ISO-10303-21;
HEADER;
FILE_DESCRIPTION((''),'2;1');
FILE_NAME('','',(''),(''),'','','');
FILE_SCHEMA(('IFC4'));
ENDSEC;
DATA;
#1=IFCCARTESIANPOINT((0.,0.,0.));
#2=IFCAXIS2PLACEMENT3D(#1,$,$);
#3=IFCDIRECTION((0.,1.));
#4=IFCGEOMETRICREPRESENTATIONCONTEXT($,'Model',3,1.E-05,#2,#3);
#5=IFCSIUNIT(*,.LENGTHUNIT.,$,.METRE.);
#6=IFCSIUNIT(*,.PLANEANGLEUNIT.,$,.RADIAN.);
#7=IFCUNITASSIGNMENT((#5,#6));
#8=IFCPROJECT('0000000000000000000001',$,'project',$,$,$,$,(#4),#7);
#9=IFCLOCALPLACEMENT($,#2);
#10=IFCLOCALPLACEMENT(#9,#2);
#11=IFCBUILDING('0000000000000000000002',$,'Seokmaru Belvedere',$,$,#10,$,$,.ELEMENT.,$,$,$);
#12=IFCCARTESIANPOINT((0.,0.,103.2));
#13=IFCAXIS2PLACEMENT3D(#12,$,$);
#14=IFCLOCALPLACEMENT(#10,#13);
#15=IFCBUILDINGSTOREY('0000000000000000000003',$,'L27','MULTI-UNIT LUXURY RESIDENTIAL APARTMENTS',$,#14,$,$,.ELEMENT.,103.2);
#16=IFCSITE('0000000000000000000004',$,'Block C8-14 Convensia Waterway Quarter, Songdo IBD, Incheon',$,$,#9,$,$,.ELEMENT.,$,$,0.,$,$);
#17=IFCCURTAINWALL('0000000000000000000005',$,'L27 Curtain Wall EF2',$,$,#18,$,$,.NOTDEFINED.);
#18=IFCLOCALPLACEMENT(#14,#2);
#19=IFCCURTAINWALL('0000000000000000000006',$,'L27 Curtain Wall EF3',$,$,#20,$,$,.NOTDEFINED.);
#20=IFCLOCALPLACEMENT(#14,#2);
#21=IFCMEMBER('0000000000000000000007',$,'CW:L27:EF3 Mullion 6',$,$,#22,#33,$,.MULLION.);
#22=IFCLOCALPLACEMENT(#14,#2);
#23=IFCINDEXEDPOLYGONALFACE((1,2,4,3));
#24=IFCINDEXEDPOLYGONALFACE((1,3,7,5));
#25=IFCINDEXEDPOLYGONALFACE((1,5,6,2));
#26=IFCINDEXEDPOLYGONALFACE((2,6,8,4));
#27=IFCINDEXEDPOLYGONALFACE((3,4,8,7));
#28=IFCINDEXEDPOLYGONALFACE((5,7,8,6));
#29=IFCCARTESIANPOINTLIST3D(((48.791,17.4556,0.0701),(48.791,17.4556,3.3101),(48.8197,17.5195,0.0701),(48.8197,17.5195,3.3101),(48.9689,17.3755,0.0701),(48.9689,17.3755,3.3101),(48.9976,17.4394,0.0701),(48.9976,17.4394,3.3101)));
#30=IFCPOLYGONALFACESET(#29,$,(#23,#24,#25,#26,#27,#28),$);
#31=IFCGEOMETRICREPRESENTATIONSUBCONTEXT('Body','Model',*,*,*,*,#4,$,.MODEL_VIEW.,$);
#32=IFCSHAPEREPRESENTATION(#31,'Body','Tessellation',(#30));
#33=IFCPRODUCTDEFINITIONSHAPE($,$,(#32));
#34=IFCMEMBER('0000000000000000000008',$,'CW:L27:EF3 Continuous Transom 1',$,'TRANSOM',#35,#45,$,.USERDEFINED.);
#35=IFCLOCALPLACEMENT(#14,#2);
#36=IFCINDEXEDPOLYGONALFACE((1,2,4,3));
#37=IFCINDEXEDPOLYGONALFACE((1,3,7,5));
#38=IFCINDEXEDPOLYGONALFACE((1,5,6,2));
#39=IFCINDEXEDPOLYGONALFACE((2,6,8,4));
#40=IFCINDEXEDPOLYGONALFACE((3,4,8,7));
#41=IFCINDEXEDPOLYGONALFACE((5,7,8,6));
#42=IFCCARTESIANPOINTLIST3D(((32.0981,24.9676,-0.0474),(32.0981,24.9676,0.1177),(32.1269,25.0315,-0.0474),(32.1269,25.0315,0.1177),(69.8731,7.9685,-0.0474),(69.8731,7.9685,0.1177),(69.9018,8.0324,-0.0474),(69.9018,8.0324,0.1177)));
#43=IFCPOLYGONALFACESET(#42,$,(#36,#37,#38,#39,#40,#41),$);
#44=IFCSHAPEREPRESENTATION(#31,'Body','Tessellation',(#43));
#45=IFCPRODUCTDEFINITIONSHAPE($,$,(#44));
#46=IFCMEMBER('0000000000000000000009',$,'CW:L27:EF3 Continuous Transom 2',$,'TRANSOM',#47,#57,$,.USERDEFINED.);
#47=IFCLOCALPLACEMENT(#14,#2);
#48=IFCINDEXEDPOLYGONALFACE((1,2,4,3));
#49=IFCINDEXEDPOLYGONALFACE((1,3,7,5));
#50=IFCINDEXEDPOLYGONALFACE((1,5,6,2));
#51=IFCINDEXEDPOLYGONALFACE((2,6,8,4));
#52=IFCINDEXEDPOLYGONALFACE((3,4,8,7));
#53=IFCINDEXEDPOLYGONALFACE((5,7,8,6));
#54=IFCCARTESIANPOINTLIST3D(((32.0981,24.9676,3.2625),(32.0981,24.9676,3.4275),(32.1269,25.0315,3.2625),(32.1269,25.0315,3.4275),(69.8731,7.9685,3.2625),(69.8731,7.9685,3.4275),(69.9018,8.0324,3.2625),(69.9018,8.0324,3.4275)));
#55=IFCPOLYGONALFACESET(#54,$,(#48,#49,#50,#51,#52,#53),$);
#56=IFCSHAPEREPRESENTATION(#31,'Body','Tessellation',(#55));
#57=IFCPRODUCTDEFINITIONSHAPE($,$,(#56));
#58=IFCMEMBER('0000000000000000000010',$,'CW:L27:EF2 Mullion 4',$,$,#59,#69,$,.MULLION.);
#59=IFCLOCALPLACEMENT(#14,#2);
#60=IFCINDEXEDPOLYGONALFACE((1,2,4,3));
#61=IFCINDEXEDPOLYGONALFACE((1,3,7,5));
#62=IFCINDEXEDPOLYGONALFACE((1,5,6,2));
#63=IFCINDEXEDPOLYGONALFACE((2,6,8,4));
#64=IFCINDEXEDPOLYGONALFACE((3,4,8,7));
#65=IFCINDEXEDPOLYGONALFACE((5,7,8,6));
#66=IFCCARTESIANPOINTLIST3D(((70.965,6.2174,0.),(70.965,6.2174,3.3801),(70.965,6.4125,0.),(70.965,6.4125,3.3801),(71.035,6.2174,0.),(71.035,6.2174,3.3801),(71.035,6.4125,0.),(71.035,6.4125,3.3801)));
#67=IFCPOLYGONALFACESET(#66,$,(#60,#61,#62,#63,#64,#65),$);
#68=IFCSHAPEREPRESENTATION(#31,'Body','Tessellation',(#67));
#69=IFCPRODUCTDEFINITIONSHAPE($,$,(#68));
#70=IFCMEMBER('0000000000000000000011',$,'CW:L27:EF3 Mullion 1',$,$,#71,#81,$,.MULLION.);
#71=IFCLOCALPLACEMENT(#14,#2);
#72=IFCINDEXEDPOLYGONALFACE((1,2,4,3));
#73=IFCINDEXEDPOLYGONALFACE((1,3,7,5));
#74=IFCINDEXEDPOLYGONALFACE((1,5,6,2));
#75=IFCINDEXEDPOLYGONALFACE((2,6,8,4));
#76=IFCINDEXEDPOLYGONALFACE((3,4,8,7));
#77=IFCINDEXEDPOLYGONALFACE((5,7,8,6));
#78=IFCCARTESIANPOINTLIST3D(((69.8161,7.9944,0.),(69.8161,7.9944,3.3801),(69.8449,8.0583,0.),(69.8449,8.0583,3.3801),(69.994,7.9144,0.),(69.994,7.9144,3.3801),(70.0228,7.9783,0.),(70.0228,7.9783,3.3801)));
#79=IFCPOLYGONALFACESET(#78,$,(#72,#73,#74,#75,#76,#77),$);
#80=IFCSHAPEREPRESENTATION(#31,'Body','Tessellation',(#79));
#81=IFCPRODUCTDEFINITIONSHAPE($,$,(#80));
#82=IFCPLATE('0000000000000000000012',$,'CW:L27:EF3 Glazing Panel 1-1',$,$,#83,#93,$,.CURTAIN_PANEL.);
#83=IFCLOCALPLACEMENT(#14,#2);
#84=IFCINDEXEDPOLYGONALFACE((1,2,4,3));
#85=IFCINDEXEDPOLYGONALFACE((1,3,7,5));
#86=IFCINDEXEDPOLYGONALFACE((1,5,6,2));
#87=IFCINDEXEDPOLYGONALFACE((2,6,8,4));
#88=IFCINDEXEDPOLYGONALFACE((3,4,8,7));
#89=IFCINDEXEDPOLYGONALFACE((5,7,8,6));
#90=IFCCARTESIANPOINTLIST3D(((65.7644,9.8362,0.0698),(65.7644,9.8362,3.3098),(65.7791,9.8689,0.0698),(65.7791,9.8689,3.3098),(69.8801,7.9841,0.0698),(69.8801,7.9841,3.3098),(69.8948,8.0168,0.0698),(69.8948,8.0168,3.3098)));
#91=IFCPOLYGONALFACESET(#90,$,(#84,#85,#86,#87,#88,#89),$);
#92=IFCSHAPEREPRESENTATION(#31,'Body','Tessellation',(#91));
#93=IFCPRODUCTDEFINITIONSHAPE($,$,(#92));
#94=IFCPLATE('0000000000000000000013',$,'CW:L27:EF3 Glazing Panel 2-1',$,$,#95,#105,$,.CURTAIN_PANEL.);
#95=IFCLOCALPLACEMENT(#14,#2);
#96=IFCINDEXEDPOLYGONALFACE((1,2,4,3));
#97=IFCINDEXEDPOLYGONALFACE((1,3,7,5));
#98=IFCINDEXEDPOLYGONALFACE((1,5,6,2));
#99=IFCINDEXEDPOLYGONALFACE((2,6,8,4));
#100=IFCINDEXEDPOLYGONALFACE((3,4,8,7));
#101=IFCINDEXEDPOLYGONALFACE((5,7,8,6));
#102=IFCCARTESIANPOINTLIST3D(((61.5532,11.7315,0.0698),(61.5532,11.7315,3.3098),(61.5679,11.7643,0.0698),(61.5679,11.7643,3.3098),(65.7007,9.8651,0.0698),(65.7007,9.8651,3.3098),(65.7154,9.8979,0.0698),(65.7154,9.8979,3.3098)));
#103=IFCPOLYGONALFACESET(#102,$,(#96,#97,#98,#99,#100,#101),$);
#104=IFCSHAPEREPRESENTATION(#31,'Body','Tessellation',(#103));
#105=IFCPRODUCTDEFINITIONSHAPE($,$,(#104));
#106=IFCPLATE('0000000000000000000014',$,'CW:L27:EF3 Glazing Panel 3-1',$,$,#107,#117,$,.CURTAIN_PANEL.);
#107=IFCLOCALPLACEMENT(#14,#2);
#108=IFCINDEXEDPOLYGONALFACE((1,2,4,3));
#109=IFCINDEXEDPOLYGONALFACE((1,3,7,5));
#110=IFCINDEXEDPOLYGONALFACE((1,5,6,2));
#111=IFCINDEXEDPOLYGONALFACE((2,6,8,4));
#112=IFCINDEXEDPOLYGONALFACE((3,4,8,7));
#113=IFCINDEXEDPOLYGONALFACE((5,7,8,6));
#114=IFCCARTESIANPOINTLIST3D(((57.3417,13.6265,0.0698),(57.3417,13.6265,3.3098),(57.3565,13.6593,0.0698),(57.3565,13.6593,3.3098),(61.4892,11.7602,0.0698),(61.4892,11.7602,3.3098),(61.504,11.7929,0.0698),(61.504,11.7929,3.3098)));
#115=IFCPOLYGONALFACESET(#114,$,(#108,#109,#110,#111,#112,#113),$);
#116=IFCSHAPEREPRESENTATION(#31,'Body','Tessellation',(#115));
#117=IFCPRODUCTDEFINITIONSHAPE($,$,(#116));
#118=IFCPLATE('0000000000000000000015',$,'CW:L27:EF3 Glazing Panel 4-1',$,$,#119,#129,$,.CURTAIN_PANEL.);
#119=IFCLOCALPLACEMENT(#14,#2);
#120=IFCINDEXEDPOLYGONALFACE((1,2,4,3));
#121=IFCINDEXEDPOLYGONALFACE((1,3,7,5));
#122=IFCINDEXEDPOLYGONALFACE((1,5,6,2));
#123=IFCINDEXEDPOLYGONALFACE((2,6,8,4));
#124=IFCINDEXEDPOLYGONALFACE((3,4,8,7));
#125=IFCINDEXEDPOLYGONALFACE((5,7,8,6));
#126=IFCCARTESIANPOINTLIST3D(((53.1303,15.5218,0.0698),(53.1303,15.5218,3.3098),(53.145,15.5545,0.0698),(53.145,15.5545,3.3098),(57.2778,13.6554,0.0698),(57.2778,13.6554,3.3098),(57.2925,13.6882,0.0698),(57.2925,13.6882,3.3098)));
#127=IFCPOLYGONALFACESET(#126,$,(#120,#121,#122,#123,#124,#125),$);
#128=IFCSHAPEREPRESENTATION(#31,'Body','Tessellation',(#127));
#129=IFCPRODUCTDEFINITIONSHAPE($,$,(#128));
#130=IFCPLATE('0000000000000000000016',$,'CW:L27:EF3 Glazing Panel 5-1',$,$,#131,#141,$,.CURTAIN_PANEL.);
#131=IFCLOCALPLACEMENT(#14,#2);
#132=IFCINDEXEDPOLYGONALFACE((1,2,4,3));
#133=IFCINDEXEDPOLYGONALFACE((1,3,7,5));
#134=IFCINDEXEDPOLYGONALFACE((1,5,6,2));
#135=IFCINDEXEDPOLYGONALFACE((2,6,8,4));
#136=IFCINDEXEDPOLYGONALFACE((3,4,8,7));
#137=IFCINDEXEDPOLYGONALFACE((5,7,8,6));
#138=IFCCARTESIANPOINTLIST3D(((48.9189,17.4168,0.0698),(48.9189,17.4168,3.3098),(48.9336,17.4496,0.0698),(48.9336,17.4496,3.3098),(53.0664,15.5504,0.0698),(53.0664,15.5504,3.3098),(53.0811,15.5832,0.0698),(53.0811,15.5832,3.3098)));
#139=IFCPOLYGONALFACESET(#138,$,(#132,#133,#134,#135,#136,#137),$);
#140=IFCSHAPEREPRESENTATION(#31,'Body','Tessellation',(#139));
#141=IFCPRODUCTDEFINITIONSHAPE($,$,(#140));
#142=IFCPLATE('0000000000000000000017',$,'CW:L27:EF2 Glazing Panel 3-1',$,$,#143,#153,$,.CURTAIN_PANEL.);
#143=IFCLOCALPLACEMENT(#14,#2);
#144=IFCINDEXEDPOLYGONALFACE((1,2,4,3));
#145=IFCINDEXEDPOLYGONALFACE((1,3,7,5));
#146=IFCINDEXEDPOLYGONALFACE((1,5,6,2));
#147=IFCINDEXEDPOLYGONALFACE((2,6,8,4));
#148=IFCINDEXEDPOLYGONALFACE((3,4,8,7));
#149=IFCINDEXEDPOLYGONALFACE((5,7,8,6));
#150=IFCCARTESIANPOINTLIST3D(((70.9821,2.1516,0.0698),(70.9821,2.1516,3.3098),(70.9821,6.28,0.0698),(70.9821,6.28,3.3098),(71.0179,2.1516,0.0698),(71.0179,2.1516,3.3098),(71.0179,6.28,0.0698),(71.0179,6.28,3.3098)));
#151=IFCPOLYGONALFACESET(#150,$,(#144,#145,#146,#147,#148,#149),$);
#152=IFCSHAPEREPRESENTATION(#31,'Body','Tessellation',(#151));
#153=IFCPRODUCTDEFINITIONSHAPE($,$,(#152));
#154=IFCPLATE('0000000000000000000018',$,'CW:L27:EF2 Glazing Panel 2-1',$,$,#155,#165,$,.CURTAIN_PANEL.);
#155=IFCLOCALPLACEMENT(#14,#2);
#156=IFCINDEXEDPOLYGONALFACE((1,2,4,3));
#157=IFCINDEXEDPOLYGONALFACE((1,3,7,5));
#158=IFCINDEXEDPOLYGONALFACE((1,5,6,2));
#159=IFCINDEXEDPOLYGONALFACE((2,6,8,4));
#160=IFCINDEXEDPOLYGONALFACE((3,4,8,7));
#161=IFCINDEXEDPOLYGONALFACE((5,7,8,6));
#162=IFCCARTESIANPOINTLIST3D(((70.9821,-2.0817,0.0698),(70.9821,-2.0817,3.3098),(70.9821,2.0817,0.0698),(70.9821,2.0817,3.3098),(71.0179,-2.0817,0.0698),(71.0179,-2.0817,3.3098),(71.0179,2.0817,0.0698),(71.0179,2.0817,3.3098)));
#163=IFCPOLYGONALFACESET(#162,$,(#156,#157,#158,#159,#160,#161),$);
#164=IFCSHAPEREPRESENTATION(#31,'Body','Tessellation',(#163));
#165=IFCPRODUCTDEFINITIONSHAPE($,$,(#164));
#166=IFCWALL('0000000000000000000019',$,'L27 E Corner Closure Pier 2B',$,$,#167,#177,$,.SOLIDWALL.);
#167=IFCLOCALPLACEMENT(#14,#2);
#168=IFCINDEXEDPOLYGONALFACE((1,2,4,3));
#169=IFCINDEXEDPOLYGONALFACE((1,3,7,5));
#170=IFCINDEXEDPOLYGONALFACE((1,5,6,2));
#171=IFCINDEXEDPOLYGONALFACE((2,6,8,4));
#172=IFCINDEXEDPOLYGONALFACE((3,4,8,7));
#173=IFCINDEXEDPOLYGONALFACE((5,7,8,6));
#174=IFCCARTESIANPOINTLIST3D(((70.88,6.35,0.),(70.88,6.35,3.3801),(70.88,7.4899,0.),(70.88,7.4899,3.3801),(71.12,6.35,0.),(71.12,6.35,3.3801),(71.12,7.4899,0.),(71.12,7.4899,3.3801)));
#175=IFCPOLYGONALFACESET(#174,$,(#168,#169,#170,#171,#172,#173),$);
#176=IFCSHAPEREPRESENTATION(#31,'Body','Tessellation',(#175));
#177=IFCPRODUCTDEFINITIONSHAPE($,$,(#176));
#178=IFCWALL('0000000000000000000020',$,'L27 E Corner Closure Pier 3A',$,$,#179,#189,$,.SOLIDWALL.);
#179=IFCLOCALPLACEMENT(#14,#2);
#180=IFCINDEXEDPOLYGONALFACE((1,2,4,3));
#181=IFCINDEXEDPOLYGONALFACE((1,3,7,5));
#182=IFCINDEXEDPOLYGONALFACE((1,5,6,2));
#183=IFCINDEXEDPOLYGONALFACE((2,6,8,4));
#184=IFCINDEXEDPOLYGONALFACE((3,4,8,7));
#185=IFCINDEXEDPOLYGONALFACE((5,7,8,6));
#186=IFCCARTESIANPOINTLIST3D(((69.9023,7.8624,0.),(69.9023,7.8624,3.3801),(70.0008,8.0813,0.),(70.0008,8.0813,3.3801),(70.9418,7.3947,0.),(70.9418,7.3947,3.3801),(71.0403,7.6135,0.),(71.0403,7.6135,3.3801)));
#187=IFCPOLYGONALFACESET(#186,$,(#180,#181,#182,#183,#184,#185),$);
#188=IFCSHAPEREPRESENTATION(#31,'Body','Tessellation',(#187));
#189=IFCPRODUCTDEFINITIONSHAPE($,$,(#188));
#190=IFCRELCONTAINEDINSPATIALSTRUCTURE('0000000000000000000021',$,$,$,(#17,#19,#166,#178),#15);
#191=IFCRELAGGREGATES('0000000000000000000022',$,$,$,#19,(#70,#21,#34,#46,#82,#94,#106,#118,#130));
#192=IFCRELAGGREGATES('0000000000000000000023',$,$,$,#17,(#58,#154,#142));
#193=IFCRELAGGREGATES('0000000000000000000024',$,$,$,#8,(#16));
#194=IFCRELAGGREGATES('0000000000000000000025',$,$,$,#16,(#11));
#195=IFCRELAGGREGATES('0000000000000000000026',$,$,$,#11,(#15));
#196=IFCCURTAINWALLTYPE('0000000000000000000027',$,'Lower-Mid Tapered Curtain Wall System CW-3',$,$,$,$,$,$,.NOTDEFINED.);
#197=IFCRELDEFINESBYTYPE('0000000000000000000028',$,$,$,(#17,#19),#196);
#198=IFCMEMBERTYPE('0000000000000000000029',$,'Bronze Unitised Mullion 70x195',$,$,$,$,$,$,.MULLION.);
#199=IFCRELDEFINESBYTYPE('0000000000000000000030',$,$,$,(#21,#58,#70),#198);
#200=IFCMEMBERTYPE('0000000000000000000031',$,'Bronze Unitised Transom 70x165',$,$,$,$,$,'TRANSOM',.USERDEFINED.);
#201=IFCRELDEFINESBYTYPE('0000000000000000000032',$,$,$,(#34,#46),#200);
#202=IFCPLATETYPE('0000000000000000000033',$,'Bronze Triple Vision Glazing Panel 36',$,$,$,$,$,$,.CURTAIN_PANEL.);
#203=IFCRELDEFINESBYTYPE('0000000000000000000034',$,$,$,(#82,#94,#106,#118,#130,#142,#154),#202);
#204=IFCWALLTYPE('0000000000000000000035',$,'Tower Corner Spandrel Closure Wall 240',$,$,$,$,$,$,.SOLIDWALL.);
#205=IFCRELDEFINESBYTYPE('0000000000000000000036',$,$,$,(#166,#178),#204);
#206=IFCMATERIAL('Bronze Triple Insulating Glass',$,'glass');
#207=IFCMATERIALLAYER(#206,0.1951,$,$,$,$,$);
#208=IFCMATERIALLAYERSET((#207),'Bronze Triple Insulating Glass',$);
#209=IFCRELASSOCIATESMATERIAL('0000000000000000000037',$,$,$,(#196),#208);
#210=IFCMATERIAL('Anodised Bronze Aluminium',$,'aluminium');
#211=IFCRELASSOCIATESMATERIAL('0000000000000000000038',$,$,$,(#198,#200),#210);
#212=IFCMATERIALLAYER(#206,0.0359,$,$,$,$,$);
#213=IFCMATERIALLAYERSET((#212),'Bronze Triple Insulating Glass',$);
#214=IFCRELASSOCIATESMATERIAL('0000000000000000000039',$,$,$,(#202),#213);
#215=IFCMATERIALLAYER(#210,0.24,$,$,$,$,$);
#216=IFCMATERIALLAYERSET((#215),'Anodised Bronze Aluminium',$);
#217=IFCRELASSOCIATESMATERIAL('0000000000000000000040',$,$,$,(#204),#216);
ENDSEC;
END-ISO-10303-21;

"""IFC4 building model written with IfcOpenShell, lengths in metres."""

from ifc_helpers import new_model, si_unit, direction, frame, frame_2d, origin, origin_2d, place, context, subcontext, project, spatial, rectangle, extrude, source, transform, mapped, material, layer, layer_set, material_profile, profile_set, type_object, type_shapes, element, aggregate, save


model = new_model("IFC4")

# Units and contexts
model_context = context("Model", 3, precision=1e-05, world=origin(), true_north=direction((0.0, 1.0)))
body_context = subcontext(model_context, "Body", "Model", "MODEL_VIEW")
ifc_project = project(units=[si_unit("LENGTHUNIT", "METRE"), si_unit("PLANEANGLEUNIT", "RADIAN")], contexts=[model_context])

# Site, building, storey
site_placement = place(None, origin())
site = spatial("IfcSite", under=ifc_project, at=site_placement, Name="Block C8-14 Convensia Waterway Quarter, Songdo IBD, Incheon", CompositionType="ELEMENT", RefElevation=0.0)
building_placement = place(site_placement, origin())
building = spatial("IfcBuilding", under=site, at=building_placement, Name="Seokmaru Belvedere", CompositionType="ELEMENT")
storey_placement = place(building_placement, frame((0.0, 0.0, 103.2)))
storey = spatial("IfcBuildingStorey", under=building, at=storey_placement, Name="L27", Description="MULTI-UNIT LUXURY RESIDENTIAL APARTMENTS", CompositionType="ELEMENT", Elevation=103.2)

# Curtain wall
ifc_material_1 = material(Name="Bronze Triple Insulating Glass", Category="glass")
ifc_layer_1 = layer(ifc_material_1, 0.1951)
ifc_layer_set_1 = layer_set([ifc_layer_1], Name="Bronze Triple Insulating Glass")
curtain_wall_type = type_object("IfcCurtainWallType", Name="Lower-Mid Tapered Curtain Wall System CW-3", PredefinedType="NOTDEFINED", material=ifc_layer_set_1)
curtain_wall_1_placement = place(storey_placement, origin())
curtain_wall_1 = element("IfcCurtainWall", 1, at=curtain_wall_1_placement, inside=storey, type_object=curtain_wall_type, Name="L27 Curtain Wall EF2", PredefinedType="NOTDEFINED")
ifc_material_2 = material(Name="Anodised Bronze Aluminium", Category="aluminium")
ifc_material_profile_1 = material_profile(ifc_material_2, rectangle(XDim=0.0701, YDim=0.1951, at=origin_2d()), Name="CW-M-70x195")
ifc_profile_set_1 = profile_set([ifc_material_profile_1], Name="Anodised Bronze Aluminium")
member_type_1 = type_object("IfcMemberType", Name="Bronze Unitised Mullion 70x195", PredefinedType="MULLION", material=ifc_profile_set_1)
shared_shape_1 = source(origin(), body_context, "Body", "SweptSolid", [
    extrude(rectangle(XDim=0.0701, YDim=0.1951, at=origin_2d()), origin(), (0.0, 0.0, 1.0), 3.24),
])

# Curtain wall, members
curtain_wall_2_placement = place(storey_placement, origin())
curtain_wall_2 = element("IfcCurtainWall", 2, at=curtain_wall_2_placement, inside=storey, type_object=curtain_wall_type, Name="L27 Curtain Wall EF3", PredefinedType="NOTDEFINED")
member_1_placement = place(storey_placement, frame((48.8943, 17.4475, 0.0701), z_axis=(0.0, 0.0, 1.0), x_axis=(-0.410366, -0.911921, 0.0)))
member_1 = element("IfcMember", 3, at=member_1_placement, type_object=member_type_1, Name="CW:L27:EF3 Mullion 6", PredefinedType="MULLION", context=body_context, shape_type="MappedRepresentation", body=[
    mapped(shared_shape_1, transform((0.0, 0.0, 0.0), scale=1.0)),
])
ifc_material_profile_2 = material_profile(ifc_material_2, rectangle(XDim=0.0701, YDim=0.165, at=origin_2d()), Name="CW-T-70x165")
ifc_profile_set_2 = profile_set([ifc_material_profile_2], Name="Anodised Bronze Aluminium")
member_type_2 = type_object("IfcMemberType", Name="Bronze Unitised Transom 70x165", ElementType="TRANSOM", PredefinedType="USERDEFINED", material=ifc_profile_set_2)
shared_shape_2 = source(origin(), body_context, "Body", "SweptSolid", [
    extrude(rectangle(XDim=0.0701, YDim=0.165, at=origin_2d()), origin(), (0.0, 0.0, 1.0), 41.4236),
])
type_shapes(member_type_2, [shared_shape_2])
member_2_placement = place(storey_placement, frame((69.8875, 8.0005, 0.0352), z_axis=(-0.911919, 0.410371, 0.0), x_axis=(-0.410371, -0.911919, 0.0)))
member_2 = element("IfcMember", 4, at=member_2_placement, type_object=member_type_2, Name="CW:L27:EF3 Continuous Transom 1", ObjectType="TRANSOM", PredefinedType="USERDEFINED", context=body_context, shape_type="MappedRepresentation", body=[
    mapped(shared_shape_2, transform((0.0, 0.0, 0.0), scale=1.0)),
])
member_3_placement = place(storey_placement, frame((69.8875, 8.0005, 3.345), z_axis=(-0.911919, 0.410371, 0.0), x_axis=(-0.410371, -0.911919, 0.0)))
member_3 = element("IfcMember", 5, at=member_3_placement, type_object=member_type_2, Name="CW:L27:EF3 Continuous Transom 2", ObjectType="TRANSOM", PredefinedType="USERDEFINED", context=body_context, shape_type="MappedRepresentation", body=[
    mapped(shared_shape_2, transform((0.0, 0.0, 0.0), scale=1.0)),
])

# Members
shared_shape_3 = source(origin(), body_context, "Body", "SweptSolid", [
    extrude(rectangle(XDim=0.0701, YDim=0.1951, at=origin_2d()), origin(), (0.0, 0.0, 1.0), 3.3801),
])
type_shapes(member_type_1, [shared_shape_1, shared_shape_3])
member_4_placement = place(storey_placement, frame((71.0, 6.3149, 0.0), z_axis=(0.0, 0.0, 1.0), x_axis=(-1.0, 0.0, 0.0)))
member_4 = element("IfcMember", 6, at=member_4_placement, type_object=member_type_1, Name="CW:L27:EF2 Mullion 4", PredefinedType="MULLION", context=body_context, shape_type="MappedRepresentation", body=[
    mapped(shared_shape_3, transform((0.0, 0.0, 0.0), scale=1.0)),
])
member_5_placement = place(storey_placement, frame((69.9194, 7.9863, 0.0), z_axis=(0.0, 0.0, 1.0), x_axis=(-0.410366, -0.911921, 0.0)))
member_5 = element("IfcMember", 7, at=member_5_placement, type_object=member_type_1, Name="CW:L27:EF3 Mullion 1", PredefinedType="MULLION", context=body_context, shape_type="MappedRepresentation", body=[
    mapped(shared_shape_3, transform((0.0, 0.0, 0.0), scale=1.0)),
])

# Plates
ifc_layer_2 = layer(ifc_material_1, 0.0359)
ifc_layer_set_2 = layer_set([ifc_layer_2], Name="Bronze Triple Insulating Glass")
plate_type = type_object("IfcPlateType", Name="Bronze Triple Vision Glazing Panel 36", PredefinedType="CURTAIN_PANEL", material=ifc_layer_set_2)
shared_shape_4 = source(origin(), body_context, "Body", "SweptSolid", [
    extrude(rectangle(XDim=4.5132, YDim=0.0359, at=origin_2d()), origin(), (0.0, 0.0, 1.0), 3.24),
])
plate_1_placement = place(storey_placement, frame((67.8296, 8.9265, 0.0698), z_axis=(0.0, 0.0, 1.0), x_axis=(-0.911921, 0.410366, 0.0)))
plate_1 = element("IfcPlate", 8, at=plate_1_placement, type_object=plate_type, Name="CW:L27:EF3 Glazing Panel 1-1", PredefinedType="CURTAIN_PANEL", context=body_context, shape_type="MappedRepresentation", body=[
    mapped(shared_shape_4, transform((0.0, 0.0, 0.0), scale=1.0)),
])
shared_shape_5 = source(origin(), body_context, "Body", "SweptSolid", [
    extrude(rectangle(XDim=4.5481, YDim=0.0359, at=origin_2d()), origin(), (0.0, 0.0, 1.0), 3.24),
])
plate_2_placement = place(storey_placement, frame((63.6343, 10.8147, 0.0698), z_axis=(0.0, 0.0, 1.0), x_axis=(-0.911921, 0.410366, 0.0)))
plate_2 = element("IfcPlate", 9, at=plate_2_placement, type_object=plate_type, Name="CW:L27:EF3 Glazing Panel 2-1", PredefinedType="CURTAIN_PANEL", context=body_context, shape_type="MappedRepresentation", body=[
    mapped(shared_shape_5, transform((0.0, 0.0, 0.0), scale=1.0)),
])
plate_3_placement = place(storey_placement, frame((59.4229, 12.7097, 0.0698), z_axis=(0.0, 0.0, 1.0), x_axis=(-0.911921, 0.410366, 0.0)))
plate_3 = element("IfcPlate", 10, at=plate_3_placement, type_object=plate_type, Name="CW:L27:EF3 Glazing Panel 3-1", PredefinedType="CURTAIN_PANEL", context=body_context, shape_type="MappedRepresentation", body=[
    mapped(shared_shape_5, transform((0.0, 0.0, 0.0), scale=1.0)),
])
plate_4_placement = place(storey_placement, frame((55.2114, 14.605, 0.0698), z_axis=(0.0, 0.0, 1.0), x_axis=(-0.911921, 0.410366, 0.0)))
plate_4 = element("IfcPlate", 11, at=plate_4_placement, type_object=plate_type, Name="CW:L27:EF3 Glazing Panel 4-1", PredefinedType="CURTAIN_PANEL", context=body_context, shape_type="MappedRepresentation", body=[
    mapped(shared_shape_5, transform((0.0, 0.0, 0.0), scale=1.0)),
])
plate_5_placement = place(storey_placement, frame((51.0, 16.5, 0.0698), z_axis=(0.0, 0.0, 1.0), x_axis=(-0.911921, 0.410366, 0.0)))
plate_5 = element("IfcPlate", 12, at=plate_5_placement, type_object=plate_type, Name="CW:L27:EF3 Glazing Panel 5-1", PredefinedType="CURTAIN_PANEL", context=body_context, shape_type="MappedRepresentation", body=[
    mapped(shared_shape_5, transform((0.0, 0.0, 0.0), scale=1.0)),
])
aggregate(curtain_wall_2, [member_5, member_1, member_2, member_3, plate_1, plate_2, plate_3, plate_4, plate_5])
shared_shape_6 = source(origin(), body_context, "Body", "SweptSolid", [
    extrude(rectangle(XDim=4.1284, YDim=0.0359, at=origin_2d()), origin(), (0.0, 0.0, 1.0), 3.24),
])
plate_6_placement = place(storey_placement, frame((71.0, 4.2158, 0.0698), z_axis=(0.0, 0.0, 1.0), x_axis=(0.0, 1.0, 0.0)))
plate_6 = element("IfcPlate", 13, at=plate_6_placement, type_object=plate_type, Name="CW:L27:EF2 Glazing Panel 3-1", PredefinedType="CURTAIN_PANEL", context=body_context, shape_type="MappedRepresentation", body=[
    mapped(shared_shape_6, transform((0.0, 0.0, 0.0), scale=1.0)),
])
shared_shape_7 = source(origin(), body_context, "Body", "SweptSolid", [
    extrude(rectangle(XDim=4.1633, YDim=0.0359, at=origin_2d()), origin(), (0.0, 0.0, 1.0), 3.24),
])
type_shapes(plate_type, [shared_shape_4, shared_shape_5, shared_shape_6, shared_shape_7])
plate_7_placement = place(storey_placement, frame((71.0, 0.0, 0.0698), z_axis=(0.0, 0.0, 1.0), x_axis=(0.0, 1.0, 0.0)))
plate_7 = element("IfcPlate", 14, at=plate_7_placement, type_object=plate_type, Name="CW:L27:EF2 Glazing Panel 2-1", PredefinedType="CURTAIN_PANEL", context=body_context, shape_type="MappedRepresentation", body=[
    mapped(shared_shape_7, transform((0.0, 0.0, 0.0), scale=1.0)),
])
aggregate(curtain_wall_1, [member_4, plate_7, plate_6])

# Walls
ifc_layer_3 = layer(ifc_material_2, 0.24)
ifc_layer_set_3 = layer_set([ifc_layer_3], Name="Anodised Bronze Aluminium")
wall_type = type_object("IfcWallType", Name="Tower Corner Spandrel Closure Wall 240", PredefinedType="SOLIDWALL", material=ifc_layer_set_3)
for number, where, z_axis, x_axis, name in (
    (15, (71.0, 6.3501, 0.0), (0.0, 0.0, 1.0), (0.0, 1.0, 0.0), "L27 E Corner Closure Pier 2B"),
    (16, (70.991, 7.5042, 0.0), (0.0, 0.0, 1.0), (-0.91193, 0.410347, 0.0), "L27 E Corner Closure Pier 3A"),
):
    element("IfcWall", number, at=place(storey_placement, frame(where, z_axis=z_axis, x_axis=x_axis)), inside=storey, type_object=wall_type, Name=name, PredefinedType="SOLIDWALL", context=body_context, shape_type="SweptSolid", body=[
        extrude(rectangle(XDim=1.1399, YDim=0.24, at=frame_2d((0.5698, 0.0))), origin(), (0.0, 0.0, 1.0), 3.3801),
    ])

save(model, "model.ifc")
